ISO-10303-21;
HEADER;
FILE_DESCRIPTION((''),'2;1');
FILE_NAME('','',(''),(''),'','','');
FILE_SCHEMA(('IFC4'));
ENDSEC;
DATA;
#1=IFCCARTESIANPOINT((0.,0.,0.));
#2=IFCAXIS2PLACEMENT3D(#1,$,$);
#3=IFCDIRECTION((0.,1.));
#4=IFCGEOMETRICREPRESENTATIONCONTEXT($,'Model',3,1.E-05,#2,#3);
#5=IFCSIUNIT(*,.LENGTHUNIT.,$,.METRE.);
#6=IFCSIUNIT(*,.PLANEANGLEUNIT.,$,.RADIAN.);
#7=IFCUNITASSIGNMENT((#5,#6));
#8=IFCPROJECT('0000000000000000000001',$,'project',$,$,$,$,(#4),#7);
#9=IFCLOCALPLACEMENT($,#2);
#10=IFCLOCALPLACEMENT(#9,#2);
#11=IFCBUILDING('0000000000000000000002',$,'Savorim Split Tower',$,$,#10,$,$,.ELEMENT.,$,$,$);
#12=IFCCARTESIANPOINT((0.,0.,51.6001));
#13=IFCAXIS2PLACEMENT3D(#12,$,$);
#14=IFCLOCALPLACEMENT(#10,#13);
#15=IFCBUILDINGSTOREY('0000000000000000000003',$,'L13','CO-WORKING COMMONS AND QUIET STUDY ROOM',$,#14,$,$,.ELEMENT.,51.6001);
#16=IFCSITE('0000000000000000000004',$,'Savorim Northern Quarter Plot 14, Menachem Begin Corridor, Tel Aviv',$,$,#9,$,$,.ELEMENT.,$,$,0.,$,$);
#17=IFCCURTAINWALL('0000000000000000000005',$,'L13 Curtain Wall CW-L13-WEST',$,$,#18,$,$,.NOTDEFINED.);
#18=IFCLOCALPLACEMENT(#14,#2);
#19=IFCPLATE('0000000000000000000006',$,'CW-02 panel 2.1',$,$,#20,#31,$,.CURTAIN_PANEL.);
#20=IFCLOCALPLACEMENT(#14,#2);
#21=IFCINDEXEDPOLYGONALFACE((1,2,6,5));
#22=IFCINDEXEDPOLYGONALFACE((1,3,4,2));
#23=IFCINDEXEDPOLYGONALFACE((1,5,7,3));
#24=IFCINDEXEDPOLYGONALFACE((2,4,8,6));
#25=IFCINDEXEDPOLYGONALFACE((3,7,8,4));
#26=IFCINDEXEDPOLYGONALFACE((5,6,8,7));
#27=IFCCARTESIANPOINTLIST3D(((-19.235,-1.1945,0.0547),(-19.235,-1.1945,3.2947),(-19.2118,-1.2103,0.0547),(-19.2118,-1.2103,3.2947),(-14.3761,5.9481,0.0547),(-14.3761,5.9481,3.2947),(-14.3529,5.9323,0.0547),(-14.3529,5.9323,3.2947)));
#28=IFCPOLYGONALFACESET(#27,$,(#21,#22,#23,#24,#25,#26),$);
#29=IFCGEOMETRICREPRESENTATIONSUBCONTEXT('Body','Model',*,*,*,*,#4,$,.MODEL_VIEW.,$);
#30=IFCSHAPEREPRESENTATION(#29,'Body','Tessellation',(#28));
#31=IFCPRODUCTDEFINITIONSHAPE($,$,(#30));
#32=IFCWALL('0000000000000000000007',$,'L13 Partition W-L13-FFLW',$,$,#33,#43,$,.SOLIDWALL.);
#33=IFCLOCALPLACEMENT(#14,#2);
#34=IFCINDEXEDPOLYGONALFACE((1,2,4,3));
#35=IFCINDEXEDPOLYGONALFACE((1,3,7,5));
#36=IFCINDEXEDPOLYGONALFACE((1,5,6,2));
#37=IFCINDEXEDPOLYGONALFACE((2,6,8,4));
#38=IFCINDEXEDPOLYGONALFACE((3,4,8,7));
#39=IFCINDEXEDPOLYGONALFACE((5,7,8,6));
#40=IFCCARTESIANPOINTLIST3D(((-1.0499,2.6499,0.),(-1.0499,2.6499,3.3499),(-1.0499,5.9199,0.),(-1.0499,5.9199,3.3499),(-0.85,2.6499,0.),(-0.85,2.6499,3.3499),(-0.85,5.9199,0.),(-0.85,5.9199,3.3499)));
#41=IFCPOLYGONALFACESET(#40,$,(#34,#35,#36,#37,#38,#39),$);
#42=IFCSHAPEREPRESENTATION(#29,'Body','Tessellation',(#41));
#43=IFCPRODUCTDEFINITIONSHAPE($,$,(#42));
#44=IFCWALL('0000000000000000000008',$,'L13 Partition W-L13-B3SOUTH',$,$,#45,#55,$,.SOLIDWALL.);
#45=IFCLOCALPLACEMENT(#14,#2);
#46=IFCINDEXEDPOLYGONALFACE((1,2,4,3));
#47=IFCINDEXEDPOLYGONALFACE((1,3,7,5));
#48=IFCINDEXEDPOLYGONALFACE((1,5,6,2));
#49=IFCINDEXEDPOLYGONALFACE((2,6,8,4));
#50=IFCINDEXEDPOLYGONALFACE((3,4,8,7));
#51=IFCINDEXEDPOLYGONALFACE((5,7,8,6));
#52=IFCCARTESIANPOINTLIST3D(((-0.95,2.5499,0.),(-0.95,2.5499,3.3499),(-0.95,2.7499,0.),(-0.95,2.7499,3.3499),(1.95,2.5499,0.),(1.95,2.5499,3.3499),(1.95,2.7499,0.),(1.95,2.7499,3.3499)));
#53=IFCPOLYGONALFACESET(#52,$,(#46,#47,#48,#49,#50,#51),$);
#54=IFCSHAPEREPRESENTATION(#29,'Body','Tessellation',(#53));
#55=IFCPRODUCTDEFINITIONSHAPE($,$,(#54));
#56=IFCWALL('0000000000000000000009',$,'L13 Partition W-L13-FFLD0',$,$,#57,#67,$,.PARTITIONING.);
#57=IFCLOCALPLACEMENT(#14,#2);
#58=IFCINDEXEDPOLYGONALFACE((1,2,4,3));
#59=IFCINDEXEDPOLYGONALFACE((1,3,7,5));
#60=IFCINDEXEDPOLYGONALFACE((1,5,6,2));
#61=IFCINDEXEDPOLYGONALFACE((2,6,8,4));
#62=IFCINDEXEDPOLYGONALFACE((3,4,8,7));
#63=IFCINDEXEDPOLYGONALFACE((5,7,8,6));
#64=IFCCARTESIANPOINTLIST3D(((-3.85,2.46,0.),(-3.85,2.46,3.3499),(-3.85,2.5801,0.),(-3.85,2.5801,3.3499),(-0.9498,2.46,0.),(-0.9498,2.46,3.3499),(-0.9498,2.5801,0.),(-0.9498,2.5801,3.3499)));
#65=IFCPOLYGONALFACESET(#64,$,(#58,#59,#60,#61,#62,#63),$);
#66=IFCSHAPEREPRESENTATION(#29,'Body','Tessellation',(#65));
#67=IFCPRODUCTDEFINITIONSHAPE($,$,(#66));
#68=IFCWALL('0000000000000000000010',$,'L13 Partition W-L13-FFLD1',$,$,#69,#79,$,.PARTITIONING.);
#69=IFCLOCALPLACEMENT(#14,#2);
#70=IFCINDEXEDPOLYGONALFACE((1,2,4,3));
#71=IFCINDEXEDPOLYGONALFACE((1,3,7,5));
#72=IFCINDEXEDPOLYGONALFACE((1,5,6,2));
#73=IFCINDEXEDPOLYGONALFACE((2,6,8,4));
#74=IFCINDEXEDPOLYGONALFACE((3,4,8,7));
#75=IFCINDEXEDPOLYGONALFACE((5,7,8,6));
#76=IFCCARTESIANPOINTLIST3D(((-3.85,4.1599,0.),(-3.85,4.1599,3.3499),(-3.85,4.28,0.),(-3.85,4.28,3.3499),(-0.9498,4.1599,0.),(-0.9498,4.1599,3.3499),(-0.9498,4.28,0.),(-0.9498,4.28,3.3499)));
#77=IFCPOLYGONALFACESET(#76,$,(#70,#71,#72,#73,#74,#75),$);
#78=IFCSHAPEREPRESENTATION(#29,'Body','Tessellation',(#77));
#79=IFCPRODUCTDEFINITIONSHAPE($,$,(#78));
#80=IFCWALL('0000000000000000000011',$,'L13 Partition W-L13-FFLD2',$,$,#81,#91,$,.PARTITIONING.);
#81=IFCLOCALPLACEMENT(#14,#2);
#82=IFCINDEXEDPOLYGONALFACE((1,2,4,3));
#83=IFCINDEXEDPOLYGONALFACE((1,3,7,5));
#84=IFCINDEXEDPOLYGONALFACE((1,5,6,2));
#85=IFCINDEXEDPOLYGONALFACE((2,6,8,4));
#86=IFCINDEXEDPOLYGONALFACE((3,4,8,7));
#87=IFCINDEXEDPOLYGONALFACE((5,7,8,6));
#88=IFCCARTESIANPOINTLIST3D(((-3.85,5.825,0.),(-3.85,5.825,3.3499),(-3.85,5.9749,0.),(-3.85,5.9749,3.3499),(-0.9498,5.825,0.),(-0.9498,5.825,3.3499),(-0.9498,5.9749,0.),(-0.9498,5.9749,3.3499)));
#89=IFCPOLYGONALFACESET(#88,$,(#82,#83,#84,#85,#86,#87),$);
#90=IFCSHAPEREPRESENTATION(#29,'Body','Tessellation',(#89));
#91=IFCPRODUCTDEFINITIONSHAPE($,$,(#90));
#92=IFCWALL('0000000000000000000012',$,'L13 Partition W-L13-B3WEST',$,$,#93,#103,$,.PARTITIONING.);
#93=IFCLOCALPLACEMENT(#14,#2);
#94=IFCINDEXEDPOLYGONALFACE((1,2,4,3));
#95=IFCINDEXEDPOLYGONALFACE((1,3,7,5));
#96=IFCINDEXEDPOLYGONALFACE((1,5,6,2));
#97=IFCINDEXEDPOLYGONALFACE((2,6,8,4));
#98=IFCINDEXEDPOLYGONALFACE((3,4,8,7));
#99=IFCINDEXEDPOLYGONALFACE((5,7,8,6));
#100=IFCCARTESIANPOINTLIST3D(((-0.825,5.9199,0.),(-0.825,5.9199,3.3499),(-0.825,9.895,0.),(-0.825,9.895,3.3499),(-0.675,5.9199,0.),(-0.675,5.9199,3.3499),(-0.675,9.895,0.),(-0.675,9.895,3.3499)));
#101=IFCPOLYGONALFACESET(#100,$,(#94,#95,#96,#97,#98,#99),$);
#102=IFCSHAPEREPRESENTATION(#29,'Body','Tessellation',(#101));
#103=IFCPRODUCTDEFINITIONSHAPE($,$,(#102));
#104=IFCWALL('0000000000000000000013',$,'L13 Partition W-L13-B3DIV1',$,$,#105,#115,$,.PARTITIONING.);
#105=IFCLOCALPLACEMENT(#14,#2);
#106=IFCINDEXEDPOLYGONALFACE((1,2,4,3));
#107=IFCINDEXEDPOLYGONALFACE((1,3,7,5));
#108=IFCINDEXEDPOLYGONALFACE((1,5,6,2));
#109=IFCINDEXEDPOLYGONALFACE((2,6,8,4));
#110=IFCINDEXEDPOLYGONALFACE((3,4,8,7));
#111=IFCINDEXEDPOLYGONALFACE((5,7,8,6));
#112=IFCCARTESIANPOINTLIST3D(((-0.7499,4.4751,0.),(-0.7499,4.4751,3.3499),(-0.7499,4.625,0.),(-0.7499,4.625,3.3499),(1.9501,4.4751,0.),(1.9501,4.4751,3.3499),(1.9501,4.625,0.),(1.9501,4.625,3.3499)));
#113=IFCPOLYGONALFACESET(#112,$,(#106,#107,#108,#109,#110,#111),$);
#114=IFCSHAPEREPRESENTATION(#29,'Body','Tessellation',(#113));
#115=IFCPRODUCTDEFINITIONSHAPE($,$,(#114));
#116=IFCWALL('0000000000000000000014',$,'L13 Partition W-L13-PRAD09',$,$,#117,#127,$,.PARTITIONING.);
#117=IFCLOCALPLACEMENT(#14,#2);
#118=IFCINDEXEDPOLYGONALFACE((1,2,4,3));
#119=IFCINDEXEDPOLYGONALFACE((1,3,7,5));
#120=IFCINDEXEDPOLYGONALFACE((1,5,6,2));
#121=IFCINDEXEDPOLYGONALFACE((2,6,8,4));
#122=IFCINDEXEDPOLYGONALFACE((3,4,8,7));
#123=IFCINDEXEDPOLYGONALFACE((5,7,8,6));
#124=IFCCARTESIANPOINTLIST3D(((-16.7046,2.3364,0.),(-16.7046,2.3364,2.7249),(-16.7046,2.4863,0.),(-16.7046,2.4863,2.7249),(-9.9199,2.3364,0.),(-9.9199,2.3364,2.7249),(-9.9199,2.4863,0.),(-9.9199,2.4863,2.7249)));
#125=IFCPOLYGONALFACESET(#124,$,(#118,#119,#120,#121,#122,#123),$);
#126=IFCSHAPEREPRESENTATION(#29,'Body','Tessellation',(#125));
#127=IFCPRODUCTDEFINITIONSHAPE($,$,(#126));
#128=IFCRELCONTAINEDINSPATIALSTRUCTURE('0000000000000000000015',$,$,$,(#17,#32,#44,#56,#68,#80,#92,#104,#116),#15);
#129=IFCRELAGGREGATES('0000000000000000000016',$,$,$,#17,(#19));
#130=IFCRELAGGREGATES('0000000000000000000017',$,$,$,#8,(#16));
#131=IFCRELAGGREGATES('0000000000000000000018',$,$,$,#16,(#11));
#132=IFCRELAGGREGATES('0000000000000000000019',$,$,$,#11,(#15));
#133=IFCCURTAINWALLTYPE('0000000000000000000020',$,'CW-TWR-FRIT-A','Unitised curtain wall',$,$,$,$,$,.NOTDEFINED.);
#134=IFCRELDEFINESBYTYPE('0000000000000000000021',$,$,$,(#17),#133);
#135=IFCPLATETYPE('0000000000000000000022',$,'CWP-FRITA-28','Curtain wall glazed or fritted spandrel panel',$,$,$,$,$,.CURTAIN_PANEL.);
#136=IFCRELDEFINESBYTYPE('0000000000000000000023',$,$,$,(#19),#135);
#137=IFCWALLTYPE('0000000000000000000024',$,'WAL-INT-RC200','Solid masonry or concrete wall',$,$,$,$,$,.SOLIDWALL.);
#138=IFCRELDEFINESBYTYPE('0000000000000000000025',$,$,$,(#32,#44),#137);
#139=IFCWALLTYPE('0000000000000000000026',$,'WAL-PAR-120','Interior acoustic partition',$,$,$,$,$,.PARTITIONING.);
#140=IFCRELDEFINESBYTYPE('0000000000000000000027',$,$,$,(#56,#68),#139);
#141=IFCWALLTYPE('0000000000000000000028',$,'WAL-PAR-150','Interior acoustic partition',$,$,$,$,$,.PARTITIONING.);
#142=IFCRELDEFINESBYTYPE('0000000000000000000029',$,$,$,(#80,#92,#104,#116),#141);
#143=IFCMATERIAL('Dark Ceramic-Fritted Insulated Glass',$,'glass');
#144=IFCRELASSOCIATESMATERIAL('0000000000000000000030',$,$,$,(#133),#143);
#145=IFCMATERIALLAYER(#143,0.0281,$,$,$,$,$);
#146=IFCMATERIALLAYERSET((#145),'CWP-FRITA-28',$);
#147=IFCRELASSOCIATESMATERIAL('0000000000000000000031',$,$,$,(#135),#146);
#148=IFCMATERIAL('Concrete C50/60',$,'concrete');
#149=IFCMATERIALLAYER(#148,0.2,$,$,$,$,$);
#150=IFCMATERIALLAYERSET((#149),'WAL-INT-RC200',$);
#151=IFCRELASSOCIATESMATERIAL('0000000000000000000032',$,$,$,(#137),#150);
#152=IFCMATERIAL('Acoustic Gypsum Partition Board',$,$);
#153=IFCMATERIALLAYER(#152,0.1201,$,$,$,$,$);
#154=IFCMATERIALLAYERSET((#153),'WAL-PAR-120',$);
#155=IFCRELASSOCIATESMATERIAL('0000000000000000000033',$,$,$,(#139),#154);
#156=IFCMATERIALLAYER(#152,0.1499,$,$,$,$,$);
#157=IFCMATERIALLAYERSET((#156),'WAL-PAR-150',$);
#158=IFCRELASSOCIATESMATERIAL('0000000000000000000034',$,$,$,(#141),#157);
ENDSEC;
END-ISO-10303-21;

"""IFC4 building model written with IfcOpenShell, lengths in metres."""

from ifc_helpers import new_model, si_unit, direction, frame, frame_2d, origin, origin_2d, place, context, subcontext, project, spatial, rectangle, extrude, material, layer, layer_set, type_object, element, aggregate, save


model = new_model("IFC4")

# Units and contexts
model_context = context("Model", 3, precision=1e-05, world=origin(), true_north=direction((0.0, 1.0)))
body_context = subcontext(model_context, "Body", "Model", "MODEL_VIEW")
ifc_project = project(units=[si_unit("LENGTHUNIT", "METRE"), si_unit("PLANEANGLEUNIT", "RADIAN")], contexts=[model_context])

# Site, building, storey
site_placement = place(None, origin())
site = spatial("IfcSite", under=ifc_project, at=site_placement, Name="Savorim Northern Quarter Plot 14, Menachem Begin Corridor, Tel Aviv", CompositionType="ELEMENT", RefElevation=0.0)
building_placement = place(site_placement, origin())
building = spatial("IfcBuilding", under=site, at=building_placement, Name="Savorim Split Tower", CompositionType="ELEMENT")
storey_placement = place(building_placement, frame((0.0, 0.0, 51.6001)))
storey = spatial("IfcBuildingStorey", under=building, at=storey_placement, Name="L13", Description="CO-WORKING COMMONS AND QUIET STUDY ROOM", CompositionType="ELEMENT", Elevation=51.6001)

# Curtain wall, plate
ifc_material_1 = material(Name="Dark Ceramic-Fritted Insulated Glass", Category="glass")
curtain_wall_type = type_object("IfcCurtainWallType", Name="CW-TWR-FRIT-A", Description="Unitised curtain wall", PredefinedType="NOTDEFINED", material=ifc_material_1)
curtain_wall_placement = place(storey_placement, origin())
curtain_wall = element("IfcCurtainWall", 1, at=curtain_wall_placement, inside=storey, type_object=curtain_wall_type, Name="L13 Curtain Wall CW-L13-WEST", PredefinedType="NOTDEFINED")
ifc_layer_1 = layer(ifc_material_1, 0.0281)
ifc_layer_set_1 = layer_set([ifc_layer_1], Name="CWP-FRITA-28")
plate_type = type_object("IfcPlateType", Name="CWP-FRITA-28", Description="Curtain wall glazed or fritted spandrel panel", PredefinedType="CURTAIN_PANEL", material=ifc_layer_set_1)
plate_placement = place(storey_placement, frame((-16.7939, 2.3689, 0.0547), z_axis=(0.0, 0.0, 1.0), x_axis=(-0.562466, -0.82682, 0.0)))
plate = element("IfcPlate", 2, at=plate_placement, type_object=plate_type, Name="CW-02 panel 2.1", PredefinedType="CURTAIN_PANEL", context=body_context, shape_type="SweptSolid", body=[
    extrude(rectangle(XDim=8.6387, YDim=0.0281, at=origin_2d()), origin(), (0.0, 0.0, 1.0), 3.24),
])
aggregate(curtain_wall, [plate])

# Shared definitions
ifc_material_2 = material(Name="Concrete C50/60", Category="concrete")
ifc_layer_2 = layer(ifc_material_2, 0.2)
ifc_layer_set_2 = layer_set([ifc_layer_2], Name="WAL-INT-RC200")
wall_type_1 = type_object("IfcWallType", Name="WAL-INT-RC200", Description="Solid masonry or concrete wall", PredefinedType="SOLIDWALL", material=ifc_layer_set_2)

# Walls
wall_1_placement = place(storey_placement, frame((-0.95, 2.6499, 0.0), z_axis=(0.0, 0.0, 1.0), x_axis=(0.0, 1.0, 0.0)))
element("IfcWall", 3, at=wall_1_placement, inside=storey, type_object=wall_type_1, Name="L13 Partition W-L13-FFLW", PredefinedType="SOLIDWALL", context=body_context, shape_type="SweptSolid", body=[
    extrude(rectangle(XDim=3.27, YDim=0.2, at=frame_2d((1.635, 0.0))), origin(), (0.0, 0.0, 1.0), 3.3499),
])
wall_2_placement = place(storey_placement, frame((-0.95, 2.6499, 0.0), z_axis=(0.0, 0.0, 1.0), x_axis=(1.0, 0.0, 0.0)))
element("IfcWall", 4, at=wall_2_placement, inside=storey, type_object=wall_type_1, Name="L13 Partition W-L13-B3SOUTH", PredefinedType="SOLIDWALL", context=body_context, shape_type="SweptSolid", body=[
    extrude(rectangle(XDim=2.8999, YDim=0.2, at=frame_2d((1.45, 0.0))), origin(), (0.0, 0.0, 1.0), 3.3499),
])
ifc_material_3 = material(Name="Acoustic Gypsum Partition Board")
ifc_layer_3 = layer(ifc_material_3, 0.1201)
ifc_layer_set_3 = layer_set([ifc_layer_3], Name="WAL-PAR-120")
wall_type_2 = type_object("IfcWallType", Name="WAL-PAR-120", Description="Interior acoustic partition", PredefinedType="PARTITIONING", material=ifc_layer_set_3)
for number, where, z_axis, x_axis, name in (
    (5, (-3.8501, 2.52, 0.0), (0.0, 0.0, 1.0), (1.0, 0.0, 0.0), "L13 Partition W-L13-FFLD0"),
    (6, (-3.8501, 4.22, 0.0), (0.0, 0.0, 1.0), (1.0, 0.0, 0.0), "L13 Partition W-L13-FFLD1"),
):
    element("IfcWall", number, at=place(storey_placement, frame(where, z_axis=z_axis, x_axis=x_axis)), inside=storey, type_object=wall_type_2, Name=name, PredefinedType="PARTITIONING", context=body_context, shape_type="SweptSolid", body=[
        extrude(rectangle(XDim=2.9001, YDim=0.1201, at=frame_2d((1.4502, 0.0))), origin(), (0.0, 0.0, 1.0), 3.3499),
    ])
ifc_layer_4 = layer(ifc_material_3, 0.1499)
ifc_layer_set_4 = layer_set([ifc_layer_4], Name="WAL-PAR-150")
wall_type_3 = type_object("IfcWallType", Name="WAL-PAR-150", Description="Interior acoustic partition", PredefinedType="PARTITIONING", material=ifc_layer_set_4)
wall_3_placement = place(storey_placement, frame((-3.8501, 5.8999, 0.0), z_axis=(0.0, 0.0, 1.0), x_axis=(1.0, 0.0, 0.0)))
element("IfcWall", 7, at=wall_3_placement, inside=storey, type_object=wall_type_3, Name="L13 Partition W-L13-FFLD2", PredefinedType="PARTITIONING", context=body_context, shape_type="SweptSolid", body=[
    extrude(rectangle(XDim=2.9001, YDim=0.1499, at=frame_2d((1.4502, 0.0))), origin(), (0.0, 0.0, 1.0), 3.3499),
])
wall_4_placement = place(storey_placement, frame((-0.75, 5.9199, 0.0), z_axis=(0.0, 0.0, 1.0), x_axis=(0.0, 1.0, 0.0)))
element("IfcWall", 8, at=wall_4_placement, inside=storey, type_object=wall_type_3, Name="L13 Partition W-L13-B3WEST", PredefinedType="PARTITIONING", context=body_context, shape_type="SweptSolid", body=[
    extrude(rectangle(XDim=3.9751, YDim=0.1499, at=frame_2d((1.9875, 0.0))), origin(), (0.0, 0.0, 1.0), 3.3499),
])
wall_5_placement = place(storey_placement, frame((-0.75, 4.55, 0.0), z_axis=(0.0, 0.0, 1.0), x_axis=(1.0, 0.0, 0.0)))
element("IfcWall", 9, at=wall_5_placement, inside=storey, type_object=wall_type_3, Name="L13 Partition W-L13-B3DIV1", PredefinedType="PARTITIONING", context=body_context, shape_type="SweptSolid", body=[
    extrude(rectangle(XDim=2.7, YDim=0.1499, at=frame_2d((1.3501, 0.0))), origin(), (0.0, 0.0, 1.0), 3.3499),
])
wall_6_placement = place(storey_placement, frame((-9.9199, 2.4114, 0.0), z_axis=(0.0, 0.0, 1.0), x_axis=(-1.0, 0.0, 0.0)))
element("IfcWall", 10, at=wall_6_placement, inside=storey, type_object=wall_type_3, Name="L13 Partition W-L13-PRAD09", PredefinedType="PARTITIONING", context=body_context, shape_type="SweptSolid", body=[
    extrude(rectangle(XDim=6.7847, YDim=0.1499, at=frame_2d((3.3923, 0.0))), origin(), (0.0, 0.0, 1.0), 2.7249),
])

save(model, "model.ifc")
